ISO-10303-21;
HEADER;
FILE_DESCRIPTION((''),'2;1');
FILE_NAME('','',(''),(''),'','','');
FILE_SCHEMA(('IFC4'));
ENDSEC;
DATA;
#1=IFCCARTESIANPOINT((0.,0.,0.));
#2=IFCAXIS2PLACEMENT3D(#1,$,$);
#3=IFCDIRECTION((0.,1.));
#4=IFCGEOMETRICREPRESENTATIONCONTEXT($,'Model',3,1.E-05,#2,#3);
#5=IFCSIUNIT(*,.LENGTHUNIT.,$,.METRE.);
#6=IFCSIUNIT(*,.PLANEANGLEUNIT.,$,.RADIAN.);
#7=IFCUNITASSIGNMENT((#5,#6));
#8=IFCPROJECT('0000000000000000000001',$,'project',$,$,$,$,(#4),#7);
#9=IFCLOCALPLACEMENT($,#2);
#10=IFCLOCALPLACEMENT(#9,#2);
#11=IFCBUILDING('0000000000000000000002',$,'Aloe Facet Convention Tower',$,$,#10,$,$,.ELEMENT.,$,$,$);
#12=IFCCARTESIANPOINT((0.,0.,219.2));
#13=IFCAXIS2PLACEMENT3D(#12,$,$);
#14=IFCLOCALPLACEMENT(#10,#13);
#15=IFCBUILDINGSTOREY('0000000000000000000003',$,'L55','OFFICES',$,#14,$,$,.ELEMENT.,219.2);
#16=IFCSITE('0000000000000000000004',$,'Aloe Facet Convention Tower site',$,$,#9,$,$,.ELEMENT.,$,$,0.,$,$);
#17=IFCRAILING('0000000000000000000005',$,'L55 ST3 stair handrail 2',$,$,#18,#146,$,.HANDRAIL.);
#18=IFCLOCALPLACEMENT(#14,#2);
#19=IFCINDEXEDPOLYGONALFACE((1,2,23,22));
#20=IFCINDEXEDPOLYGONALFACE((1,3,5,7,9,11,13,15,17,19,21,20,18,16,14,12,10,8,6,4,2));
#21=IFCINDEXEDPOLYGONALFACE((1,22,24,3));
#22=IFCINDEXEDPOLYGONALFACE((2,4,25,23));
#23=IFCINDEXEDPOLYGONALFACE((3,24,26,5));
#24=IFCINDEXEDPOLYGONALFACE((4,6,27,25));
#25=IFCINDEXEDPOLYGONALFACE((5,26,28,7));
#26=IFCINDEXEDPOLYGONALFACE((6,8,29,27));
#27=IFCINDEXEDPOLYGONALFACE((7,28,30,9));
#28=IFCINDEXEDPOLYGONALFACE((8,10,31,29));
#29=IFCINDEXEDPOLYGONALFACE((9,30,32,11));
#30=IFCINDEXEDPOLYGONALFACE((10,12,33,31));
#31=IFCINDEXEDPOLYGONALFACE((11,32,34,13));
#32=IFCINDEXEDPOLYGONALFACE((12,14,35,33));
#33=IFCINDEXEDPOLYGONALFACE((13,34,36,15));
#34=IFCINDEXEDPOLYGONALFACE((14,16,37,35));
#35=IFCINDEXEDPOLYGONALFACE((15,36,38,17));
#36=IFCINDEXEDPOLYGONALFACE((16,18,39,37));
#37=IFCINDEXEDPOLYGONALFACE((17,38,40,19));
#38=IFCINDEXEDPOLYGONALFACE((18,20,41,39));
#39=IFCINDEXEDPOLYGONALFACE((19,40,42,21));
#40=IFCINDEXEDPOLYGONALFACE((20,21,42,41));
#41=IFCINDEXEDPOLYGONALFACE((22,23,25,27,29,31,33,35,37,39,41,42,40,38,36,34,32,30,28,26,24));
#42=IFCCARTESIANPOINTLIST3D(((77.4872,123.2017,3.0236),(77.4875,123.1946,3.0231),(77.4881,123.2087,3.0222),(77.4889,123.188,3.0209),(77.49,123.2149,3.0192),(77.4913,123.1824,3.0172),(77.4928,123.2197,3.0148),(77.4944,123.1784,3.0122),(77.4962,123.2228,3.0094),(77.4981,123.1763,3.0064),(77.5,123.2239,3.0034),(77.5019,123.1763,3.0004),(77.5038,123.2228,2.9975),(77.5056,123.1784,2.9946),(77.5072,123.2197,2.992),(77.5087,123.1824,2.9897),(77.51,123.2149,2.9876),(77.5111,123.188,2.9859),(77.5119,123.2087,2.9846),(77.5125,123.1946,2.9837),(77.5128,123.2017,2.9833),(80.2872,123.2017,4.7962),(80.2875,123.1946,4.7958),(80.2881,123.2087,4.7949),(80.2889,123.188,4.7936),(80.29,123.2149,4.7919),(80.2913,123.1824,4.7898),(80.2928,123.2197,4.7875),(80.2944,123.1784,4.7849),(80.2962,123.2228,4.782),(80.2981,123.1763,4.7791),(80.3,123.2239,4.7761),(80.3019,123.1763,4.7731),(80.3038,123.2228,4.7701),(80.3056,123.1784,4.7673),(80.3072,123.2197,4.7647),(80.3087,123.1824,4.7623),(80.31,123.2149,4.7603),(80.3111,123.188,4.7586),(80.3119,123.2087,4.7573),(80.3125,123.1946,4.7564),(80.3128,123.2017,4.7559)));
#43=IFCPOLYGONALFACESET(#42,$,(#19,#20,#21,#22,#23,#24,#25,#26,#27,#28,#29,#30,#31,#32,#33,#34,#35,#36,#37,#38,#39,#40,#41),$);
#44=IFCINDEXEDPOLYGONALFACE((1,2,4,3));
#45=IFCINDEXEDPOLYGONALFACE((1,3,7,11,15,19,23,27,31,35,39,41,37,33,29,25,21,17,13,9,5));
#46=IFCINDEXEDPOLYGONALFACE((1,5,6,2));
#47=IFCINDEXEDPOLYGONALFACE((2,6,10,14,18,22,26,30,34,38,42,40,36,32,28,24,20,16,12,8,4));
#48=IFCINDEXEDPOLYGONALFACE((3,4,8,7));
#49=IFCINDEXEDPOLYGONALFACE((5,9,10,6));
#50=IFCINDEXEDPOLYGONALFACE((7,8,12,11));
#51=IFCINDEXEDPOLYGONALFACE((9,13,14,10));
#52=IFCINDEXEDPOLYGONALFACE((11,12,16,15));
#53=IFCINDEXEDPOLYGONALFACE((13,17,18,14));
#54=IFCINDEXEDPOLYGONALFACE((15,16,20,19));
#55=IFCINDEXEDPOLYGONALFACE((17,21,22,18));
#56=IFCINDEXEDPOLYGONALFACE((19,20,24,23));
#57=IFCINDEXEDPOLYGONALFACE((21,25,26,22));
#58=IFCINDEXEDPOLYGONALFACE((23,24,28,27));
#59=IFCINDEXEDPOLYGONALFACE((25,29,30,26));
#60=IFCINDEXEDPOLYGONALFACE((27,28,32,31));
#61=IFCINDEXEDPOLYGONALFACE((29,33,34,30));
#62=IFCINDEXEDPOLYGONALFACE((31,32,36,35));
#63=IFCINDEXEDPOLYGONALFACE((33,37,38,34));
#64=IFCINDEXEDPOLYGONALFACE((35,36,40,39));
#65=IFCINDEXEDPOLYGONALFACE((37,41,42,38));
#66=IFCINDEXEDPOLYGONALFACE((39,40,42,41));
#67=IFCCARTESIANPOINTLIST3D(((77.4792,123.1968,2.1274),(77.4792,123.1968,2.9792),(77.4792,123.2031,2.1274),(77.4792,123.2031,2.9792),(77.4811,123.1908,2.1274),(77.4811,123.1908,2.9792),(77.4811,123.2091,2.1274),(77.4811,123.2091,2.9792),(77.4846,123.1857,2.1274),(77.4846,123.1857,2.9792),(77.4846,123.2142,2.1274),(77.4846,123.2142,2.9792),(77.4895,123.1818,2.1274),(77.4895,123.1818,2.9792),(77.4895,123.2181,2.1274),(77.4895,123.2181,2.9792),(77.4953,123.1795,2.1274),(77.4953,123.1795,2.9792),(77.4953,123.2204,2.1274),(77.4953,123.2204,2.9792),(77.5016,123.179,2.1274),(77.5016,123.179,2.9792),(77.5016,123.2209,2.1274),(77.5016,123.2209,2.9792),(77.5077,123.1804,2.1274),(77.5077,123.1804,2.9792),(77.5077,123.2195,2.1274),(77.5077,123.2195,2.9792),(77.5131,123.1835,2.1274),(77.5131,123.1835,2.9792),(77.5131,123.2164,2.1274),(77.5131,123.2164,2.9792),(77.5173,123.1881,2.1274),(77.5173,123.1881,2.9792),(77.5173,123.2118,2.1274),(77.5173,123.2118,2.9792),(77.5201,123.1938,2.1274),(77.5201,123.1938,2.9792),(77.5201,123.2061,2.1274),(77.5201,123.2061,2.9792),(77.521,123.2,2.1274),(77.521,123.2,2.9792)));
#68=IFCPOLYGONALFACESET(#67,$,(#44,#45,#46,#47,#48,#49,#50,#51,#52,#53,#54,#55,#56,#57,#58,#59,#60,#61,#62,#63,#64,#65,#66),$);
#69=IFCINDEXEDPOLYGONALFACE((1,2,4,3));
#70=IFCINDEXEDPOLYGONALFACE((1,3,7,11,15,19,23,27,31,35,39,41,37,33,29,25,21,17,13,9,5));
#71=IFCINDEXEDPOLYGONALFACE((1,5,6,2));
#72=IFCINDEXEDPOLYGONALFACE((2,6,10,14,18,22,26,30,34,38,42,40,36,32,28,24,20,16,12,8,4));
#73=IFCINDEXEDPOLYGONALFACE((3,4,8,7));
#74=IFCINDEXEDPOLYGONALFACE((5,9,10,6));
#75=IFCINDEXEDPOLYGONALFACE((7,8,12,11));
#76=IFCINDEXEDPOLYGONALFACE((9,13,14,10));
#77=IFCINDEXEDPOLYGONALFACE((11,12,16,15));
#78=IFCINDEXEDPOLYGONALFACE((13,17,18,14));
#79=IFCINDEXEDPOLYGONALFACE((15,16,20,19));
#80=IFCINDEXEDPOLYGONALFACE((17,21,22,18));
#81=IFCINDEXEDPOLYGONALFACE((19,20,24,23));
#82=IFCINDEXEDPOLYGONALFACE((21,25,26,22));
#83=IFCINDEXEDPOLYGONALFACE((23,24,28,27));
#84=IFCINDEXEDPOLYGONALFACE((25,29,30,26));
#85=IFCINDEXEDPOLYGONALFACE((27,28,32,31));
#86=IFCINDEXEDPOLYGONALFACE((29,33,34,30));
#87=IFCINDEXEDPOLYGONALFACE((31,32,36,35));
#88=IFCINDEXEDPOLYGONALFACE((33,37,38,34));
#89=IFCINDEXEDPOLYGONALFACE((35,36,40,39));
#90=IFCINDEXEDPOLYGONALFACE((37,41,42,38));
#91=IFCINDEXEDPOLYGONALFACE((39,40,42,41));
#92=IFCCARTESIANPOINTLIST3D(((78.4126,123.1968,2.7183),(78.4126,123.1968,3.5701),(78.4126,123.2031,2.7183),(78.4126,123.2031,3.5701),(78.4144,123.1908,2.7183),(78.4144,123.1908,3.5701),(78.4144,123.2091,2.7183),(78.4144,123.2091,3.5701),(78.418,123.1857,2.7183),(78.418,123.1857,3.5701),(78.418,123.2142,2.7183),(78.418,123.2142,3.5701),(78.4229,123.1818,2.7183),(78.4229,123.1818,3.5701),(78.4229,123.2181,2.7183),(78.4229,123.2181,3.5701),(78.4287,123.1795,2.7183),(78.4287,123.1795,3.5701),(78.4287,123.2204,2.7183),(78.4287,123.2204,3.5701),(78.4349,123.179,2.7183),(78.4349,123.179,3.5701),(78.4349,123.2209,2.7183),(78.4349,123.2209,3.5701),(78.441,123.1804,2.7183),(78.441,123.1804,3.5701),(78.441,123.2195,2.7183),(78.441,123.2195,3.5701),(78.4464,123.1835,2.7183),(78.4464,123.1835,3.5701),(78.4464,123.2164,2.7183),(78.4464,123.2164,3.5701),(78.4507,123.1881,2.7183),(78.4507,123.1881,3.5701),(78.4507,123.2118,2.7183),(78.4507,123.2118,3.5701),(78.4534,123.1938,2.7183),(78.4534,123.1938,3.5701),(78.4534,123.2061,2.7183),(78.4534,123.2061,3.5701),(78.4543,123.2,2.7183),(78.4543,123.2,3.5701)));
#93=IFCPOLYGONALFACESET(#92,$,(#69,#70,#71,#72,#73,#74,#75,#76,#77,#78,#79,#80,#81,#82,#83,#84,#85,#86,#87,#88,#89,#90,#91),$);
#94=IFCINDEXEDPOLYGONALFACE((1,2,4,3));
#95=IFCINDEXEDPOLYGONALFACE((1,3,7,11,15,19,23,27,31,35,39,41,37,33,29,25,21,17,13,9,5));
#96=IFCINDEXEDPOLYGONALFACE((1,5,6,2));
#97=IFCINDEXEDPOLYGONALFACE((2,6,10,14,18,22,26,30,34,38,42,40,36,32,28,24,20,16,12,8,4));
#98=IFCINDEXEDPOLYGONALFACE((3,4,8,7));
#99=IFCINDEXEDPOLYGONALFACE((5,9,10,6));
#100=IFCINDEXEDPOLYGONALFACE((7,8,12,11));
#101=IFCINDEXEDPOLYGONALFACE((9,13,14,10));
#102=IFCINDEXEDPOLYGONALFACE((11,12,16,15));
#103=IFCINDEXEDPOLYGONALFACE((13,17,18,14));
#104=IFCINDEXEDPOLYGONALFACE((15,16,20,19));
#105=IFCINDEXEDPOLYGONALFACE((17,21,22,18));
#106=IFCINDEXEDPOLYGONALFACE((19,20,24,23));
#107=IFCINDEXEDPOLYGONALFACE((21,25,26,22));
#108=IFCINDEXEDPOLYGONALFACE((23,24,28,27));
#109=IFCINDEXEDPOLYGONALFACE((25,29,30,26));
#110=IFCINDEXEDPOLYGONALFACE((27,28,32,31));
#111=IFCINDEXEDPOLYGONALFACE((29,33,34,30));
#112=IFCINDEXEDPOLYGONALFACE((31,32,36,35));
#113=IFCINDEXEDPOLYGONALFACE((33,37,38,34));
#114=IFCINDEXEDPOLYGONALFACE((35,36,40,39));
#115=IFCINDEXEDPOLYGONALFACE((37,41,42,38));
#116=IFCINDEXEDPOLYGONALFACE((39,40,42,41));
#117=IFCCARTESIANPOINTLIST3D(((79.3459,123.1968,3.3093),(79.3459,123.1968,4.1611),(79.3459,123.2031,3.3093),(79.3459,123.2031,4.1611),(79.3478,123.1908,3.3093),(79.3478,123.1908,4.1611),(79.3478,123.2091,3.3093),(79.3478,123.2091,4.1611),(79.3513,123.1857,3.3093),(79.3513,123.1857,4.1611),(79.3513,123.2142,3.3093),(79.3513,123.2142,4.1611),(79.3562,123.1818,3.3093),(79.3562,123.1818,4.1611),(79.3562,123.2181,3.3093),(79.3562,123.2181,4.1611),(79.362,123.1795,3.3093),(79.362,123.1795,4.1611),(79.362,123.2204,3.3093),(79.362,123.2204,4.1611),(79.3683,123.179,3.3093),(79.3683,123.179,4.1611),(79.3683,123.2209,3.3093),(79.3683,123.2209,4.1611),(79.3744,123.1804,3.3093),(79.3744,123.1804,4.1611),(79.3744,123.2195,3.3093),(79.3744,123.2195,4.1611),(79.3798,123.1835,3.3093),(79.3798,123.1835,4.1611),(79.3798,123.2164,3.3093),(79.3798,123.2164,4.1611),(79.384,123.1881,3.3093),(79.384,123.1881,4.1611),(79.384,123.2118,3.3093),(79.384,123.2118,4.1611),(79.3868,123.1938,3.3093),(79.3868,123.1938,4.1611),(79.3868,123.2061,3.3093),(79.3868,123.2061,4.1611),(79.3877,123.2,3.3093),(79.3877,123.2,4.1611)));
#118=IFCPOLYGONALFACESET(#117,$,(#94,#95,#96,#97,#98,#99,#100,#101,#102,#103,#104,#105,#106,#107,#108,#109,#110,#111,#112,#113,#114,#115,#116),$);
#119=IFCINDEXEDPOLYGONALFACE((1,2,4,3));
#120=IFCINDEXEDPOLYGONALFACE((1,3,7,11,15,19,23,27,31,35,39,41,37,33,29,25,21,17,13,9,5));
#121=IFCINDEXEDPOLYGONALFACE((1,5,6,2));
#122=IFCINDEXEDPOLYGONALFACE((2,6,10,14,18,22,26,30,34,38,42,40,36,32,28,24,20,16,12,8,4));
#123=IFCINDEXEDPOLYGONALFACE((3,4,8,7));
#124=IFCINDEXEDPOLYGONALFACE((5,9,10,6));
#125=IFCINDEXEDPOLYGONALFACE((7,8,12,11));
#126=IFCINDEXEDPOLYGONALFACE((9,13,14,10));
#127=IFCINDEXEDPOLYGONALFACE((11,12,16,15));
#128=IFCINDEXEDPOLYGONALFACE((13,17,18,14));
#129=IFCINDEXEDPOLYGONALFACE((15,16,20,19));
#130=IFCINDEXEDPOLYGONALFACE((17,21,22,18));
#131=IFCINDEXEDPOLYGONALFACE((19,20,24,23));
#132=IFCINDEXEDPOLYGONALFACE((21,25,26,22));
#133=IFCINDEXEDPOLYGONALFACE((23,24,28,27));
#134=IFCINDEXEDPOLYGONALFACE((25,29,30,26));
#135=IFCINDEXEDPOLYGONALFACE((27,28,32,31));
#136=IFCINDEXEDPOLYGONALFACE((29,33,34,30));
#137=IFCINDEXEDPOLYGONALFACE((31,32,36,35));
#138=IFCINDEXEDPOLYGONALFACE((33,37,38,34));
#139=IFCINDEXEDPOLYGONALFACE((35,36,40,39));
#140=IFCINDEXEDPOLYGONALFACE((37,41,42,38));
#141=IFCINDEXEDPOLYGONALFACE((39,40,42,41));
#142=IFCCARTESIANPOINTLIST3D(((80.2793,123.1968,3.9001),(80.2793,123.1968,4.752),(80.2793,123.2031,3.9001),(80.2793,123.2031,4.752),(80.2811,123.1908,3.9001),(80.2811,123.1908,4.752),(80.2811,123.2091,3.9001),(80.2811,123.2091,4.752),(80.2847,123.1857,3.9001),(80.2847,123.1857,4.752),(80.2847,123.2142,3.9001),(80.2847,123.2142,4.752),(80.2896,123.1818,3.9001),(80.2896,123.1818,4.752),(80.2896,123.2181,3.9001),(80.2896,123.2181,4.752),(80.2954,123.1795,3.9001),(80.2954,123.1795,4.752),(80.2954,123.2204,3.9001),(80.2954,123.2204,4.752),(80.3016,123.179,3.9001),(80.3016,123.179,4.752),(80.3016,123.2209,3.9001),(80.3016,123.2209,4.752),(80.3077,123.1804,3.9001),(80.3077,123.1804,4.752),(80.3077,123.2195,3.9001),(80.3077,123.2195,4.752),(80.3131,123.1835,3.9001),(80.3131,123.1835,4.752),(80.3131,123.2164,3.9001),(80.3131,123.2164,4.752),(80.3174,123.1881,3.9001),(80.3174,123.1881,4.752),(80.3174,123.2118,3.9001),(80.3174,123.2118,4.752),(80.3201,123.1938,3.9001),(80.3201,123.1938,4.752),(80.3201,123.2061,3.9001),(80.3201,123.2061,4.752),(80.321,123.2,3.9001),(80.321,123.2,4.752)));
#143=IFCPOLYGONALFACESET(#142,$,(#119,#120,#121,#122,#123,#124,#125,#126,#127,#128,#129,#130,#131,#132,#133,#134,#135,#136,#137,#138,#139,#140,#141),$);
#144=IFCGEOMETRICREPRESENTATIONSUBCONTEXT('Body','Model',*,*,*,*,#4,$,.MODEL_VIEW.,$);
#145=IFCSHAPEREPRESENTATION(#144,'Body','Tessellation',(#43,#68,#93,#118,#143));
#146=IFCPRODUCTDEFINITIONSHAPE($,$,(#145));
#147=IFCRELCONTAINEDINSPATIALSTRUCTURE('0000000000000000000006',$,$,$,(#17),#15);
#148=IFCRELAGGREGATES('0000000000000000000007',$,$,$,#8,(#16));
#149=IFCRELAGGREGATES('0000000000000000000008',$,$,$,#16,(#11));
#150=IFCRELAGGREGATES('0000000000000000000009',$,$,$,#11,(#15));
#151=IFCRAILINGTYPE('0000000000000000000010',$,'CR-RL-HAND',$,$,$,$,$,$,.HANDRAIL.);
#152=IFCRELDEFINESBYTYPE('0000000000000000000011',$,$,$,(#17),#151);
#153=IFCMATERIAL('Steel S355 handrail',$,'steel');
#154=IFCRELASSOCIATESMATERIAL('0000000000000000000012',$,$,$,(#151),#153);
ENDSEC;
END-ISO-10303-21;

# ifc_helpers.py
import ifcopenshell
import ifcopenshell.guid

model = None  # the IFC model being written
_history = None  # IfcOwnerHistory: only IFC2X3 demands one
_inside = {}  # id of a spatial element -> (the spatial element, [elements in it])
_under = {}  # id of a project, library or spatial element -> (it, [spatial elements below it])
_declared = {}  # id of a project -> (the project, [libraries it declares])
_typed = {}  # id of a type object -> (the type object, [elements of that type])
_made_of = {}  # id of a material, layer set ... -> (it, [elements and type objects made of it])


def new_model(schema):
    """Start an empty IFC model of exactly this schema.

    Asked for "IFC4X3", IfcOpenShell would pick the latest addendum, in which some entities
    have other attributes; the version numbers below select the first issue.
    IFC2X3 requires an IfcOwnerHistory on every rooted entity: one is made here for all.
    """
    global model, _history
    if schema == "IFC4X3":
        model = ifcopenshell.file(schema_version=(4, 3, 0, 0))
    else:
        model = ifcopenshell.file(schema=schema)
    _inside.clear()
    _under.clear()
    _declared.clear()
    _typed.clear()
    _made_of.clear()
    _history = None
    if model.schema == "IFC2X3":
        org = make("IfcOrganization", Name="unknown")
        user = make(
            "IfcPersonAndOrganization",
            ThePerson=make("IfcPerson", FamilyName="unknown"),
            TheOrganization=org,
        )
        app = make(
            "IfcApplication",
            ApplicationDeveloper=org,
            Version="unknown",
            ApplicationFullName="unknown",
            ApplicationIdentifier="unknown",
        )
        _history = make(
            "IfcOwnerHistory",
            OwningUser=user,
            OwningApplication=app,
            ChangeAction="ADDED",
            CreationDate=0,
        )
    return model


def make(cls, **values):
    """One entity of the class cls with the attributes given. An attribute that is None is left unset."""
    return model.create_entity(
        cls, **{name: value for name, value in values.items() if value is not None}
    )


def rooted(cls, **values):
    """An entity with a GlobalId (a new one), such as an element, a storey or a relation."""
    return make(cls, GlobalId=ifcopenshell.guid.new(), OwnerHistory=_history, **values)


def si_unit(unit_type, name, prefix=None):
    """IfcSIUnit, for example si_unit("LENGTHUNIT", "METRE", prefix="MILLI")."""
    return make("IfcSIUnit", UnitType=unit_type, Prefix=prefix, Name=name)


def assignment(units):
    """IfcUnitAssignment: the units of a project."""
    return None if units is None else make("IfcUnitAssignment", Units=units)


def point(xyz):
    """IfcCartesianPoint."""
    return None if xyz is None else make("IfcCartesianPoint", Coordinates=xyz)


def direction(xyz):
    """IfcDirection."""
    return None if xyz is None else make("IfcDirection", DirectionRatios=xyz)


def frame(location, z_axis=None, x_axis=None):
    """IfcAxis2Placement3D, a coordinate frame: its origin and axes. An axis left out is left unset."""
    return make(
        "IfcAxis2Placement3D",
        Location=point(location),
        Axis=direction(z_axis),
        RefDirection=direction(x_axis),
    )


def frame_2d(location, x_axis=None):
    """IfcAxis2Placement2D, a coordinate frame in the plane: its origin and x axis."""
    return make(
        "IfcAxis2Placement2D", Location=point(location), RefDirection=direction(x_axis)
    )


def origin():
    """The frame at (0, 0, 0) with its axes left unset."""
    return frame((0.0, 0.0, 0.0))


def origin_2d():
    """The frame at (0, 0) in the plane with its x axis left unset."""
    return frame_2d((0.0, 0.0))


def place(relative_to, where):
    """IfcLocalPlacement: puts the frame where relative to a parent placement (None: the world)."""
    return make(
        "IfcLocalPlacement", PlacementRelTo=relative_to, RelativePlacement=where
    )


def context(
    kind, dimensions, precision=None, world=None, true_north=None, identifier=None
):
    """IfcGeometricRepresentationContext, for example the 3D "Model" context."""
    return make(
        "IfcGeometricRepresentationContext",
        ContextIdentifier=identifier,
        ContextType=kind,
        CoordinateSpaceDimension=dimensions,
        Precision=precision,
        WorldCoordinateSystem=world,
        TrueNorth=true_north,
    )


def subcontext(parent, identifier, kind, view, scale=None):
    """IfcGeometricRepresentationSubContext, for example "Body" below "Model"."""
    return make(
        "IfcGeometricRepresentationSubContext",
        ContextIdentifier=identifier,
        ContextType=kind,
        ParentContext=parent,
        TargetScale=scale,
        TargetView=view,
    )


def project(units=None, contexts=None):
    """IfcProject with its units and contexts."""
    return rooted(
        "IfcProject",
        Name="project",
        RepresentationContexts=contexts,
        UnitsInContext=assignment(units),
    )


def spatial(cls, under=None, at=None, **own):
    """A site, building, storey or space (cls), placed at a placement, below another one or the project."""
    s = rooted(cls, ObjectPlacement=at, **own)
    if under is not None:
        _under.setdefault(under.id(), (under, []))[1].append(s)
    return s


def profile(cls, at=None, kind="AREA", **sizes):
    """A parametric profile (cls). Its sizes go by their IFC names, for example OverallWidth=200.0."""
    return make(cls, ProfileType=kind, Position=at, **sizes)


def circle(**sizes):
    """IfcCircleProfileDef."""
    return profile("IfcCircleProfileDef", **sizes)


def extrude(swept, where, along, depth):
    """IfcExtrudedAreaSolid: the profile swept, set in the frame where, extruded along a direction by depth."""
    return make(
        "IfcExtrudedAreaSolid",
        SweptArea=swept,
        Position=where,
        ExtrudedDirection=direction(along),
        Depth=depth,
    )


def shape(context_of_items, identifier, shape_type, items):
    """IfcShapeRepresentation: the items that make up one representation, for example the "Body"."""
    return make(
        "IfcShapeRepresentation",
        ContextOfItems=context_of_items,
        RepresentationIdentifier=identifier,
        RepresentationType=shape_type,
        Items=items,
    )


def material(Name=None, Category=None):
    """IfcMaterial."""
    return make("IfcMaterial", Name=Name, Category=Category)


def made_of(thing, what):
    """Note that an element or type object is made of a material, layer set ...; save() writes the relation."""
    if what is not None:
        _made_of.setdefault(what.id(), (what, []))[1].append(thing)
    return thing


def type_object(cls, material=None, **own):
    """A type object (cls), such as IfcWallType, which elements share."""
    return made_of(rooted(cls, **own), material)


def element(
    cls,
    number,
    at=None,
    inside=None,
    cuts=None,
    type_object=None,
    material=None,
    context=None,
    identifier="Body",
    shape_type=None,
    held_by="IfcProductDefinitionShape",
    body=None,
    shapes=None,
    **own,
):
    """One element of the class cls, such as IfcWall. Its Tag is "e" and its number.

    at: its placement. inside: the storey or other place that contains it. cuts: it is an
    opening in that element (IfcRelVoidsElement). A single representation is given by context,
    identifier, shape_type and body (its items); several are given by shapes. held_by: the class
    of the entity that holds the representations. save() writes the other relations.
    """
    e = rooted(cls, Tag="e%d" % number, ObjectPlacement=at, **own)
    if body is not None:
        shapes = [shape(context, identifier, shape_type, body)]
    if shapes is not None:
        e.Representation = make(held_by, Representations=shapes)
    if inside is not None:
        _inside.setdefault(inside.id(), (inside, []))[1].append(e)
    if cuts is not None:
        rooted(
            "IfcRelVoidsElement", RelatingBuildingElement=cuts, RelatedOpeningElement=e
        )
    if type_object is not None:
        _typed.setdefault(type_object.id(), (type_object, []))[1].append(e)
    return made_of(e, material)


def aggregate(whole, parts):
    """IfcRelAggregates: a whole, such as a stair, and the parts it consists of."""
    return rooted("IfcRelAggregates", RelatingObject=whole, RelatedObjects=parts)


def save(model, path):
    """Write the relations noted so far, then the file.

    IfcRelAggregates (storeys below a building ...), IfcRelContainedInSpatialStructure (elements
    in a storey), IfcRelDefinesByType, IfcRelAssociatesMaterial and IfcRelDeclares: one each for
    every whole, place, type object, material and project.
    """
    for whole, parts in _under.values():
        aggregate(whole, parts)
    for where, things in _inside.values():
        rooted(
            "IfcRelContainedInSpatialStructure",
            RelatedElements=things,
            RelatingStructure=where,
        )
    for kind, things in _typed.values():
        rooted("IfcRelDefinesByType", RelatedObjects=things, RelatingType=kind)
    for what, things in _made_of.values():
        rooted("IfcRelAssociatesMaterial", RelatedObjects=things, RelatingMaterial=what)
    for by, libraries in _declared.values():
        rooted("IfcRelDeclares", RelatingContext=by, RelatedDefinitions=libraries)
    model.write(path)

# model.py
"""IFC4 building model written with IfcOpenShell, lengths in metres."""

from ifc_helpers import new_model, si_unit, direction, frame, origin, origin_2d, place, context, subcontext, project, spatial, circle, extrude, material, type_object, element, save


model = new_model("IFC4")

# Units and contexts
model_context = context("Model", 3, precision=1e-05, world=origin(), true_north=direction((0.0, 1.0)))
body_context = subcontext(model_context, "Body", "Model", "MODEL_VIEW")
ifc_project = project(units=[si_unit("LENGTHUNIT", "METRE"), si_unit("PLANEANGLEUNIT", "RADIAN")], contexts=[model_context])

# Site, building, storey
site_placement = place(None, origin())
site = spatial("IfcSite", under=ifc_project, at=site_placement, Name="Aloe Facet Convention Tower site", CompositionType="ELEMENT", RefElevation=0.0)
building_placement = place(site_placement, origin())
building = spatial("IfcBuilding", under=site, at=building_placement, Name="Aloe Facet Convention Tower", CompositionType="ELEMENT")
storey_placement = place(building_placement, frame((0.0, 0.0, 219.2)))
storey = spatial("IfcBuildingStorey", under=building, at=storey_placement, Name="L55", Description="OFFICES", CompositionType="ELEMENT", Elevation=219.2)

# Railing
ifc_material_1 = material(Name="Steel S355 handrail", Category="steel")
railing_type_1 = type_object("IfcRailingType", Name="CR-RL-HAND", PredefinedType="HANDRAIL", material=ifc_material_1)
railing_1_placement = place(storey_placement, frame((77.5, 123.2, 2.1274)))
element("IfcRailing", 1, at=railing_1_placement, inside=storey, type_object=railing_type_1, Name="L55 ST3 stair handrail 2", PredefinedType="HANDRAIL", context=body_context, shape_type="SweptSolid", body=[
    extrude(circle(Radius=0.0239, at=origin_2d()), frame((0.0, 0.0, 0.876), z_axis=(0.844909, 0.0, 0.53491), x_axis=(0.0, 1.0, 0.0)), (0.0, 0.0, 1.0), 3.314),
    extrude(circle(Radius=0.021, at=origin_2d()), origin(), (0.0, 0.0, 1.0), 0.8518),
    extrude(circle(Radius=0.021, at=origin_2d()), frame((0.9333, 0.0, 0.5908)), (0.0, 0.0, 1.0), 0.8518),
    extrude(circle(Radius=0.021, at=origin_2d()), frame((1.8667, 0.0, 1.1819)), (0.0, 0.0, 1.0), 0.8518),
    extrude(circle(Radius=0.021, at=origin_2d()), frame((2.8, 0.0, 1.7727)), (0.0, 0.0, 1.0), 0.8518),
])

save(model, "model.ifc")
